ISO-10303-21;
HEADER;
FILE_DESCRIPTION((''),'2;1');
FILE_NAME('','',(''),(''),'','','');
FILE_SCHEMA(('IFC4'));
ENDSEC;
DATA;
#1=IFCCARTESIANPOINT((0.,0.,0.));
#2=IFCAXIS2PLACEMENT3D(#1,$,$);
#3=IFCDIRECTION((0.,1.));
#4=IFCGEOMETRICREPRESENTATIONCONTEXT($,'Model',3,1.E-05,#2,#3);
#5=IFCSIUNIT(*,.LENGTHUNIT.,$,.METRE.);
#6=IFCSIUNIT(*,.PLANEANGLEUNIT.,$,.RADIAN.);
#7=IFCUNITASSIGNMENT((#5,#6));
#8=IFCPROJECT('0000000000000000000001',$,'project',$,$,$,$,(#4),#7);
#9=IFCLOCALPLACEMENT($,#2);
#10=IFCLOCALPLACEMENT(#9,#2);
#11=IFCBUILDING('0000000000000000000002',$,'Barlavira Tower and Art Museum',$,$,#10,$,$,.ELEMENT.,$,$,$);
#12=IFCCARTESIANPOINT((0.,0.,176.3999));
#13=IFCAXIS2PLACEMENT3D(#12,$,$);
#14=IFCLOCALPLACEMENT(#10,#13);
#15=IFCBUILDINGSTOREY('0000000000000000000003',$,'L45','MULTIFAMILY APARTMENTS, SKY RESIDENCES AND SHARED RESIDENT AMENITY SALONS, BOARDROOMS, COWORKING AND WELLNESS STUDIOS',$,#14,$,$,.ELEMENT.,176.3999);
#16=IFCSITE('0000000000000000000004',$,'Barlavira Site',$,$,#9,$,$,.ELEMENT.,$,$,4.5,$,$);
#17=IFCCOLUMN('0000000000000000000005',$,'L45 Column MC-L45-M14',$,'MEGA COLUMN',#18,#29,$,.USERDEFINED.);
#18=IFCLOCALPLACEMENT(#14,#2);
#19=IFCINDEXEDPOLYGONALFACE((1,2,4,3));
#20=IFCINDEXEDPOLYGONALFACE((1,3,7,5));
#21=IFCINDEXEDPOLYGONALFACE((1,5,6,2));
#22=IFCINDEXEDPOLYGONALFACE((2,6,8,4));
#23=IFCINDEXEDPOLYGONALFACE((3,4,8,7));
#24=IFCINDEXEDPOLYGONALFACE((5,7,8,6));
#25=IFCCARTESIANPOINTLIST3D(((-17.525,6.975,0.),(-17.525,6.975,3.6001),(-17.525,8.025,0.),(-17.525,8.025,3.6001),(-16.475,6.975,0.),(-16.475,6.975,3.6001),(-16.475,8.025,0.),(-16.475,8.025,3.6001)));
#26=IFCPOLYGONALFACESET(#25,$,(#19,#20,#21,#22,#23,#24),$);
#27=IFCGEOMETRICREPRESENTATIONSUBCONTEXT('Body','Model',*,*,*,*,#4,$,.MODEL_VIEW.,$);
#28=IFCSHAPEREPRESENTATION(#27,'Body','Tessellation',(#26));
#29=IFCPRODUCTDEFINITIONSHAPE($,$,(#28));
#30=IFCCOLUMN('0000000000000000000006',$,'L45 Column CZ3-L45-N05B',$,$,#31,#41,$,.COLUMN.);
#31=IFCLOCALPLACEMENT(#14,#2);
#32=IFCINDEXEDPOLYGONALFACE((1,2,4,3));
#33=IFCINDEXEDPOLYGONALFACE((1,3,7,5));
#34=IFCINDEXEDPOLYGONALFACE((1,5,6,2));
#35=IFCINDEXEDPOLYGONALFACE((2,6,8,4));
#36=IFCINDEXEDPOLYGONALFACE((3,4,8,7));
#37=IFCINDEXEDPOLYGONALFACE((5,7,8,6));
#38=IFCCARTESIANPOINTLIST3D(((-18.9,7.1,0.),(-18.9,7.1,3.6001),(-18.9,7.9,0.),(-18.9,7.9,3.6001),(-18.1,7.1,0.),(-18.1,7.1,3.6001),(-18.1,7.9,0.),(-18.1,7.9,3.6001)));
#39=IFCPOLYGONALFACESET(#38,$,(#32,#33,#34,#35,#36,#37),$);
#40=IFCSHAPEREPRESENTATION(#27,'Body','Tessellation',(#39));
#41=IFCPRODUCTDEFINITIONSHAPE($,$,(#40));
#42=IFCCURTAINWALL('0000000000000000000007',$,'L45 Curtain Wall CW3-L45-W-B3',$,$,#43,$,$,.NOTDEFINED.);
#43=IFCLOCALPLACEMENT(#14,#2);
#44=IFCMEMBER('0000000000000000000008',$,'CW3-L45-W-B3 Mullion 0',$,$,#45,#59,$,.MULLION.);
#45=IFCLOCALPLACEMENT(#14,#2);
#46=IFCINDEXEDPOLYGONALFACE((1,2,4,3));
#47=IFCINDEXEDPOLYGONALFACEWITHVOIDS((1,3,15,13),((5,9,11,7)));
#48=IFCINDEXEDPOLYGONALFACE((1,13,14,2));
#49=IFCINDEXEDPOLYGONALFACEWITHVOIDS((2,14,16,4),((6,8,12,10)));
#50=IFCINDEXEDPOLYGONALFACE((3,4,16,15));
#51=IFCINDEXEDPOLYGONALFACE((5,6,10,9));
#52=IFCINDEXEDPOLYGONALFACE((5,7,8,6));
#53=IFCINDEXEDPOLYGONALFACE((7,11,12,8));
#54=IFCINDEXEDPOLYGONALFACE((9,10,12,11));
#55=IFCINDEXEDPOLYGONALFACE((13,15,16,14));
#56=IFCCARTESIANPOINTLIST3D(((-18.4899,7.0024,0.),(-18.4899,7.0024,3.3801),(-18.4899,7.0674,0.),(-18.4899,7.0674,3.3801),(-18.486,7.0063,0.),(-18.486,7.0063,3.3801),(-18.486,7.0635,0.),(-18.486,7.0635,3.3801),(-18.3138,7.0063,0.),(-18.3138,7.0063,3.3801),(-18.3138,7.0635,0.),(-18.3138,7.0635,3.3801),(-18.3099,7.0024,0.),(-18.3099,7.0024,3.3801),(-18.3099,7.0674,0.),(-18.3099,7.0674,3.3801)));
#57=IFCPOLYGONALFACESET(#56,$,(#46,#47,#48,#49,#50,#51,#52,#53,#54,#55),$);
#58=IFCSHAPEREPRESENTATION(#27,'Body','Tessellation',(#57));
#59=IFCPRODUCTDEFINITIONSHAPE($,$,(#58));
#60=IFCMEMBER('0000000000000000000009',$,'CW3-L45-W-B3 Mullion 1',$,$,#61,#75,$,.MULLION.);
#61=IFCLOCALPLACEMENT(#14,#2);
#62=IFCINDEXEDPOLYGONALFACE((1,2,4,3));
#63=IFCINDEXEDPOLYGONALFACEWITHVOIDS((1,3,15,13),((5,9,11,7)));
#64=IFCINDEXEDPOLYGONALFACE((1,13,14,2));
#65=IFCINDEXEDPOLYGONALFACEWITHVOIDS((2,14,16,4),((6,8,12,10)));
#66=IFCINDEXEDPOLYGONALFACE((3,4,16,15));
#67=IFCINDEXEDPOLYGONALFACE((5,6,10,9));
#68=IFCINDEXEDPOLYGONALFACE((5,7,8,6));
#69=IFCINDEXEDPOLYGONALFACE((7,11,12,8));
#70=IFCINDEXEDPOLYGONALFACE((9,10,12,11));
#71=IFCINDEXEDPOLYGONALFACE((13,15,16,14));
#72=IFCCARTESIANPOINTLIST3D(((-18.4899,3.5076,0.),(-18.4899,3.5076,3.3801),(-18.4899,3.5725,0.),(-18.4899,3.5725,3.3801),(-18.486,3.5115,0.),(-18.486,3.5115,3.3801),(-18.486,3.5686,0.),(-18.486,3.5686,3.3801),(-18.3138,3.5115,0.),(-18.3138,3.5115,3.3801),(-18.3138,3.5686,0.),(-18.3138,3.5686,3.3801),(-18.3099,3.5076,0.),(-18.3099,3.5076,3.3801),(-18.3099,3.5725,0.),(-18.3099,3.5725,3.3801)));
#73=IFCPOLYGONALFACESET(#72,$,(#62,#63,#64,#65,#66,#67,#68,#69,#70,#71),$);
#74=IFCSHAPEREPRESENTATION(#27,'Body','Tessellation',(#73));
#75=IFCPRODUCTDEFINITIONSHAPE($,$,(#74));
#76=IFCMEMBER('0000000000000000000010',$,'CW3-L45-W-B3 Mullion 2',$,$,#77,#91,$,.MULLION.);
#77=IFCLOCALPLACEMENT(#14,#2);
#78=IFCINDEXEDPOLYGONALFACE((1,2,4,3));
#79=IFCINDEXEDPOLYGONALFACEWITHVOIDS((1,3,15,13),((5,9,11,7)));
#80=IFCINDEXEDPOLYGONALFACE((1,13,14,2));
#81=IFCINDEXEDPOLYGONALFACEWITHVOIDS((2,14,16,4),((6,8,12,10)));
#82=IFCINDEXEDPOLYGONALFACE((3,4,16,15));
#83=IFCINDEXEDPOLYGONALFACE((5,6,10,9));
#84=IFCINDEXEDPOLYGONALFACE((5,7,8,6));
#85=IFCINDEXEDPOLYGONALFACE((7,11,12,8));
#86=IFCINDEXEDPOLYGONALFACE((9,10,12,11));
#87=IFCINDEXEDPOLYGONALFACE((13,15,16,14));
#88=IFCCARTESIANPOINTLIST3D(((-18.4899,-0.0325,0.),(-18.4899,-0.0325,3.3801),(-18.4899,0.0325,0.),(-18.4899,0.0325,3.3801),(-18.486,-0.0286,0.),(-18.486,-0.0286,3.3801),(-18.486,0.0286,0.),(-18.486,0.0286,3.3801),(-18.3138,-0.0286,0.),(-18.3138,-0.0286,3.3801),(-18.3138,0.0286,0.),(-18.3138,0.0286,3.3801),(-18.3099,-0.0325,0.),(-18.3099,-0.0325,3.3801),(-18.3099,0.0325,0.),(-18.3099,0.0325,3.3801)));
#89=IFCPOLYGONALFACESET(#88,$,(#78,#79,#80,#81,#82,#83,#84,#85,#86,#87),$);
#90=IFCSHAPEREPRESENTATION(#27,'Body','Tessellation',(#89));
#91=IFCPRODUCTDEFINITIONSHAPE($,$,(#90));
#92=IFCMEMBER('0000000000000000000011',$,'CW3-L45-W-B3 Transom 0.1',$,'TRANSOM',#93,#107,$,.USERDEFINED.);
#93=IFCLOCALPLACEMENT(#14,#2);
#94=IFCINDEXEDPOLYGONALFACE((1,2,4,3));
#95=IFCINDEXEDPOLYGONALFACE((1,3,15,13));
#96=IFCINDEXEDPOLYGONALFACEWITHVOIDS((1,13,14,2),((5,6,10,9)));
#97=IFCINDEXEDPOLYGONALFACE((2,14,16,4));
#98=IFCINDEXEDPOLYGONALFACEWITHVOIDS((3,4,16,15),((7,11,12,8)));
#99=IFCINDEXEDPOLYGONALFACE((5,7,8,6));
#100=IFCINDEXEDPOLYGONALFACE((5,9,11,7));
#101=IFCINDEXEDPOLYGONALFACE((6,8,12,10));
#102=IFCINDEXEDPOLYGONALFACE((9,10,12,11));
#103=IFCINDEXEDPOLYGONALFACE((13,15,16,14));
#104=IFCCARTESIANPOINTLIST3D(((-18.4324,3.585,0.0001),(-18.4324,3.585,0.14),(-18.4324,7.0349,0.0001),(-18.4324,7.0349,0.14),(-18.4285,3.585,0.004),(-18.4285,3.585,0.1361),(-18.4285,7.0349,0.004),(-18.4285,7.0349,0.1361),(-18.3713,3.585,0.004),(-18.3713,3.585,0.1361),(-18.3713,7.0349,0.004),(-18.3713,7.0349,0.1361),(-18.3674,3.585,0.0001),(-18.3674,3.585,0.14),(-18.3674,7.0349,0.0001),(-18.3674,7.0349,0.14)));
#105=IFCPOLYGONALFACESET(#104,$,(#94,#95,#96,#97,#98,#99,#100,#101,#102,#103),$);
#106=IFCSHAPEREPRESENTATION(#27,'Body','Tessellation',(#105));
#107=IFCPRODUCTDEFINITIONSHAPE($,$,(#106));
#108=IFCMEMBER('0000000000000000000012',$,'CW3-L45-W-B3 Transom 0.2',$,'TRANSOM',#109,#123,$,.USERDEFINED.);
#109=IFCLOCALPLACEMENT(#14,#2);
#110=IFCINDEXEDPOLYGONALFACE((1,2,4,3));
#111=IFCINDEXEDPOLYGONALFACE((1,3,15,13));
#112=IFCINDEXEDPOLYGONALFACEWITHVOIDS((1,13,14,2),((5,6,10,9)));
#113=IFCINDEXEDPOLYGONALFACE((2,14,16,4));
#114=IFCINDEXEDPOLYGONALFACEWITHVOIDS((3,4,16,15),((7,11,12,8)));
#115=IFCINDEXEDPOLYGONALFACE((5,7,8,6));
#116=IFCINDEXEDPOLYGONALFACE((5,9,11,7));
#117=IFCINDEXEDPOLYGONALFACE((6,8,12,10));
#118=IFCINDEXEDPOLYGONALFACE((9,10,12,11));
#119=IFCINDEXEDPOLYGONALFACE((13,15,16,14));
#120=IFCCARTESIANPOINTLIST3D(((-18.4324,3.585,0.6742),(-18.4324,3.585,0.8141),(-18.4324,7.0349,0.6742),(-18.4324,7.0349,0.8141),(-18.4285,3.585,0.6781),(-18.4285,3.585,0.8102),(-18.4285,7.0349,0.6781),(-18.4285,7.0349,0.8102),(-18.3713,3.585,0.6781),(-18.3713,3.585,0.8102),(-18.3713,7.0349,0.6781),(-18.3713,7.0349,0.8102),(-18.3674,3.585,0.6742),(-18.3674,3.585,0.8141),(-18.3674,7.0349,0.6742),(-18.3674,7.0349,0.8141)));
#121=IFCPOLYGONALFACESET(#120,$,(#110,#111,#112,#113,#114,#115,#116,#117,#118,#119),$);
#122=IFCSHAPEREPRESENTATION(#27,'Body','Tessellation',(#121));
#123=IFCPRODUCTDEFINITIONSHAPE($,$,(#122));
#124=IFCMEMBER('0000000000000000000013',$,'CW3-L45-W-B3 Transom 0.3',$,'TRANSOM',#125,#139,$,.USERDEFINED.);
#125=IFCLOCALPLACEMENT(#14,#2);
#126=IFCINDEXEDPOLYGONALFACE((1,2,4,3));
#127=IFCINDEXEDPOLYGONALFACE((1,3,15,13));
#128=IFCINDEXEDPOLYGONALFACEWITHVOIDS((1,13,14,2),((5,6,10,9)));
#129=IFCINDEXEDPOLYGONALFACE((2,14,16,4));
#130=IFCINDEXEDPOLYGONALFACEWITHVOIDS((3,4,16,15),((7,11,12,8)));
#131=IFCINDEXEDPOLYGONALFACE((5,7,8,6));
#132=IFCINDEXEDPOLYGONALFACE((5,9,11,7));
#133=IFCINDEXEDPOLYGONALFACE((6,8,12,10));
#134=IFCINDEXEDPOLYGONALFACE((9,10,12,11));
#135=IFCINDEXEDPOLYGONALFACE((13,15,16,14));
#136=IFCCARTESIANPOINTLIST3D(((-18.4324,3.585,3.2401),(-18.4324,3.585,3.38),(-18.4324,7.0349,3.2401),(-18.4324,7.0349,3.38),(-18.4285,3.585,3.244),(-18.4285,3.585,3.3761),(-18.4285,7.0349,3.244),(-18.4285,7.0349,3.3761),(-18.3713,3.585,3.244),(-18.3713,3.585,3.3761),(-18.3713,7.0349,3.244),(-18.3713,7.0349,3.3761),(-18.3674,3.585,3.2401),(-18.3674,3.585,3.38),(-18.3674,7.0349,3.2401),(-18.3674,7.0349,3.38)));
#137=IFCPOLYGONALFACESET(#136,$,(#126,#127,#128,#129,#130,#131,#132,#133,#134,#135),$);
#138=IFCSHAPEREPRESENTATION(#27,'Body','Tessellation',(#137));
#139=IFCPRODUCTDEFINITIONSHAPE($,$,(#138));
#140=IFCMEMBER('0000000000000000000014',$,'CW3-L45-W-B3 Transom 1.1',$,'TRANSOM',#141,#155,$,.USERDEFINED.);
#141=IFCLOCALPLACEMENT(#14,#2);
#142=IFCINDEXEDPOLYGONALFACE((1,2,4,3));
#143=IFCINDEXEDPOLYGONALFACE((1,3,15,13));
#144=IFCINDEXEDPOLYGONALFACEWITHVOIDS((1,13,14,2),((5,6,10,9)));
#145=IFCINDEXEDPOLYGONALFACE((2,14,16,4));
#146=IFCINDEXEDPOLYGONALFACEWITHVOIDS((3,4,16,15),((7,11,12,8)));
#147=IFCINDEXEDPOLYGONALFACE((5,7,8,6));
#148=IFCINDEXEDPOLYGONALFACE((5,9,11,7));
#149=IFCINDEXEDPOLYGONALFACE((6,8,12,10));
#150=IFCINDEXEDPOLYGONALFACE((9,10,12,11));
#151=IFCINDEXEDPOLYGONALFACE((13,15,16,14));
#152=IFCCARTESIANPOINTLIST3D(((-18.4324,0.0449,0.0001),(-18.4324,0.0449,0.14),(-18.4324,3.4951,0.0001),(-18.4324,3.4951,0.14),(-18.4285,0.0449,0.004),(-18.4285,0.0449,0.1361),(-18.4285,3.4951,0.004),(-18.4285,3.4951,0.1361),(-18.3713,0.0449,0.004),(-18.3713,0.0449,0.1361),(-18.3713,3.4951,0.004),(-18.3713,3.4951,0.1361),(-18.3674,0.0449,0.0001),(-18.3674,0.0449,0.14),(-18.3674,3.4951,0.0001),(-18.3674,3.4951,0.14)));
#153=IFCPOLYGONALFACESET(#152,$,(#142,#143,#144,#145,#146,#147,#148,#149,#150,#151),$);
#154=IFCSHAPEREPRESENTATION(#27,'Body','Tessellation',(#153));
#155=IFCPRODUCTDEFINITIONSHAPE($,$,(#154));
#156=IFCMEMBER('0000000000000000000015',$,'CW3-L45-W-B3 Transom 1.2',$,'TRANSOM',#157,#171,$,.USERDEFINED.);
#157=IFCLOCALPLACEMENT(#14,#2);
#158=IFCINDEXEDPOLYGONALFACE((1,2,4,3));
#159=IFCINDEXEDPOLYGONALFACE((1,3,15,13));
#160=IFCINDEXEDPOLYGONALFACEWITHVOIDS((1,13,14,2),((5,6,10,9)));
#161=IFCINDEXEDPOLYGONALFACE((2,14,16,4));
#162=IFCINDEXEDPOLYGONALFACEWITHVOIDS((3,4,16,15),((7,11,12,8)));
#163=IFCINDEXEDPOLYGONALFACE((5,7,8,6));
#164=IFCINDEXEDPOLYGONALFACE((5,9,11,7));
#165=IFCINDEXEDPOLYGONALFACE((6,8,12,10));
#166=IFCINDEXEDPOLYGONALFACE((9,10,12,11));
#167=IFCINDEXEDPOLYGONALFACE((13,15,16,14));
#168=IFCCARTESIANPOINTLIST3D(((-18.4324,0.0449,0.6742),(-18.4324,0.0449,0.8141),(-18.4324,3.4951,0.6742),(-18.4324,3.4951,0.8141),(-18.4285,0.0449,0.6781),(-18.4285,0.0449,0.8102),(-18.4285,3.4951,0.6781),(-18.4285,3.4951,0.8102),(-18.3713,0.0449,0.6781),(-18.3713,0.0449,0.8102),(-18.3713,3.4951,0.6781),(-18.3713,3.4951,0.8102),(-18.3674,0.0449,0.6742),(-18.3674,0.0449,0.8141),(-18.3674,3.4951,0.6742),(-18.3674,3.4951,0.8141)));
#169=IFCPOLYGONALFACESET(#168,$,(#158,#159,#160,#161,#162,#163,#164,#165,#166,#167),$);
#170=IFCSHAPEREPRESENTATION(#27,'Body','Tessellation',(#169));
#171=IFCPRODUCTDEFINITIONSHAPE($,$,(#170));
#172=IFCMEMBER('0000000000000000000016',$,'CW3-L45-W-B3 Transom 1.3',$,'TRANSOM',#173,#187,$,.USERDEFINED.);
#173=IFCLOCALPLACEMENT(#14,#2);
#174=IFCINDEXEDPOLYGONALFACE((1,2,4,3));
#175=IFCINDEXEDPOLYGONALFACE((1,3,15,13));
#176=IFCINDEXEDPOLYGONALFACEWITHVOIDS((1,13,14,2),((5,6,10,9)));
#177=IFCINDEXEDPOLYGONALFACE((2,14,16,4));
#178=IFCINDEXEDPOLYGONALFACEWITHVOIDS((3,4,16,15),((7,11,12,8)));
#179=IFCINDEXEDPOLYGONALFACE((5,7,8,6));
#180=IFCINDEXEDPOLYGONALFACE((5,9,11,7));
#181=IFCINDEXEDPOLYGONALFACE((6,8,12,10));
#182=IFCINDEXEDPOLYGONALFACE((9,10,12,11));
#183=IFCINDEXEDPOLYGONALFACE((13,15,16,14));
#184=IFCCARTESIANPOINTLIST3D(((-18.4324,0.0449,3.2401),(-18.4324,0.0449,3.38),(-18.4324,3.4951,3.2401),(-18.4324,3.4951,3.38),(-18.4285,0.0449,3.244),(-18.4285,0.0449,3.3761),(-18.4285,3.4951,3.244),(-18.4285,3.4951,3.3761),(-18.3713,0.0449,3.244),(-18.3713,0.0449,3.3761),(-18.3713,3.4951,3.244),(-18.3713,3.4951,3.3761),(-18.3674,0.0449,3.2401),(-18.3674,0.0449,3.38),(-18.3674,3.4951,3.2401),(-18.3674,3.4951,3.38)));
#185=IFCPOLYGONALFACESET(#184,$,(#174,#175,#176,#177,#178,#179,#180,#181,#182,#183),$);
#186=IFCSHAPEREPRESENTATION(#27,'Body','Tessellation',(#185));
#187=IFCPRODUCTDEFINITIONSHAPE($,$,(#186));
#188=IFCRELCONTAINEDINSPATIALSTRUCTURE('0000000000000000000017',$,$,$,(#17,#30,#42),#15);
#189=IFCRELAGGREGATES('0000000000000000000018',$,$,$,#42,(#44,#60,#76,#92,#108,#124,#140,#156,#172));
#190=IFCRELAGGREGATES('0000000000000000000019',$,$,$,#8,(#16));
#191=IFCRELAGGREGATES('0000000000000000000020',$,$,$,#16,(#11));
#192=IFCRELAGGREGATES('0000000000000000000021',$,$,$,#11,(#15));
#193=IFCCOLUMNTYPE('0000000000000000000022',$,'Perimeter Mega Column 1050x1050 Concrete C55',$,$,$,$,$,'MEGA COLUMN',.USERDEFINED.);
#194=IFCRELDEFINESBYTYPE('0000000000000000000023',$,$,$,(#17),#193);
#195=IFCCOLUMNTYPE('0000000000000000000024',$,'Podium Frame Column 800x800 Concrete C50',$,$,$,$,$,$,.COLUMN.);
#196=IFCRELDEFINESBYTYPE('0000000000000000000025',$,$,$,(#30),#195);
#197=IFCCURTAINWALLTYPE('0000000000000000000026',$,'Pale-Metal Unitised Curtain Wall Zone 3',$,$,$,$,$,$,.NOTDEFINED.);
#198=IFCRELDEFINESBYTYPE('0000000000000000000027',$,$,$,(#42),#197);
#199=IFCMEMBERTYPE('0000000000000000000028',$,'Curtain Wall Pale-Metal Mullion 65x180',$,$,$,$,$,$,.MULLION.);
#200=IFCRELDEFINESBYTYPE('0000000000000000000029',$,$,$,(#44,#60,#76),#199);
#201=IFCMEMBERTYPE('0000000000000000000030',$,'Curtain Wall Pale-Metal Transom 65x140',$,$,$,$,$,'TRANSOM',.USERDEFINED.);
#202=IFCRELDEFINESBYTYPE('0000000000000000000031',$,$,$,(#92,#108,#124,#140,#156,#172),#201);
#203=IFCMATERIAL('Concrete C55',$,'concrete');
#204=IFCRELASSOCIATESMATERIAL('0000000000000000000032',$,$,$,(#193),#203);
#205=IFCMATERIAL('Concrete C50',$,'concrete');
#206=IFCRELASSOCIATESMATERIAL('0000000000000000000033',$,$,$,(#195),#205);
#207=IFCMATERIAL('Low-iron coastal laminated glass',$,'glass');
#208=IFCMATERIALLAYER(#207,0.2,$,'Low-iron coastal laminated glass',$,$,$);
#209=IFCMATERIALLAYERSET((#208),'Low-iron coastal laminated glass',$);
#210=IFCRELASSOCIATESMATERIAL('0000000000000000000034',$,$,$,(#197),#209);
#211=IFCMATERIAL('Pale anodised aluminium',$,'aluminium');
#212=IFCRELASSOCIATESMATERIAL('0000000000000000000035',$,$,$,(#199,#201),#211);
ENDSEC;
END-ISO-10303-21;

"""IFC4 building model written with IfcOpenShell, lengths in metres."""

from ifc_helpers import new_model, si_unit, direction, frame, origin, origin_2d, place, context, subcontext, project, spatial, rectangle, hollow_rectangle, extrude, material, layer, layer_set, material_profile, profile_set, type_object, element, aggregate, save


model = new_model("IFC4")

# Units and contexts
model_context = context("Model", 3, precision=1e-05, world=origin(), true_north=direction((0.0, 1.0)))
body_context = subcontext(model_context, "Body", "Model", "MODEL_VIEW")
ifc_project = project(units=[si_unit("LENGTHUNIT", "METRE"), si_unit("PLANEANGLEUNIT", "RADIAN")], contexts=[model_context])

# Site, building, storey
site_placement = place(None, origin())
site = spatial("IfcSite", under=ifc_project, at=site_placement, Name="Barlavira Site", CompositionType="ELEMENT", RefElevation=4.5)
building_placement = place(site_placement, origin())
building = spatial("IfcBuilding", under=site, at=building_placement, Name="Barlavira Tower and Art Museum", CompositionType="ELEMENT")
storey_placement = place(building_placement, frame((0.0, 0.0, 176.3999)))
storey = spatial("IfcBuildingStorey", under=building, at=storey_placement, Name="L45", Description="MULTIFAMILY APARTMENTS, SKY RESIDENCES AND SHARED RESIDENT AMENITY SALONS, BOARDROOMS, COWORKING AND WELLNESS STUDIOS", CompositionType="ELEMENT", Elevation=176.3999)

# Columns
ifc_material_1 = material(Name="Concrete C55", Category="concrete")
ifc_material_profile_1 = material_profile(ifc_material_1, rectangle(XDim=1.05, YDim=1.05, at=origin_2d()), Name="RC-COL 1050x1050")
ifc_profile_set_1 = profile_set([ifc_material_profile_1], Name="Concrete C55")
column_type_1 = type_object("IfcColumnType", Name="Perimeter Mega Column 1050x1050 Concrete C55", ElementType="MEGA COLUMN", PredefinedType="USERDEFINED", material=ifc_profile_set_1)
column_1_placement = place(storey_placement, frame((-17.0, 7.5, 0.0), z_axis=(0.0, 0.0, 1.0), x_axis=(1.0, 0.0, 0.0)))
element("IfcColumn", 1, at=column_1_placement, inside=storey, type_object=column_type_1, Name="L45 Column MC-L45-M14", ObjectType="MEGA COLUMN", PredefinedType="USERDEFINED", context=body_context, shape_type="SweptSolid", body=[
    extrude(rectangle(XDim=1.05, YDim=1.05, at=origin_2d()), origin(), (0.0, 0.0, 1.0), 3.6001),
])
ifc_material_2 = material(Name="Concrete C50", Category="concrete")
ifc_material_profile_2 = material_profile(ifc_material_2, rectangle(XDim=0.8, YDim=0.8, at=origin_2d()), Name="RC-COL 800x800")
ifc_profile_set_2 = profile_set([ifc_material_profile_2], Name="Concrete C50")
column_type_2 = type_object("IfcColumnType", Name="Podium Frame Column 800x800 Concrete C50", PredefinedType="COLUMN", material=ifc_profile_set_2)
column_2_placement = place(storey_placement, frame((-18.5, 7.5, 0.0), z_axis=(0.0, 0.0, 1.0), x_axis=(1.0, 0.0, 0.0)))
element("IfcColumn", 2, at=column_2_placement, inside=storey, type_object=column_type_2, Name="L45 Column CZ3-L45-N05B", PredefinedType="COLUMN", context=body_context, shape_type="SweptSolid", body=[
    extrude(rectangle(XDim=0.8, YDim=0.8, at=origin_2d()), origin(), (0.0, 0.0, 1.0), 3.6001),
])

# Curtain wall, members
ifc_material_3 = material(Name="Low-iron coastal laminated glass", Category="glass")
ifc_layer_1 = layer(ifc_material_3, 0.2, Name="Low-iron coastal laminated glass")
ifc_layer_set_1 = layer_set([ifc_layer_1], Name="Low-iron coastal laminated glass")
curtain_wall_type = type_object("IfcCurtainWallType", Name="Pale-Metal Unitised Curtain Wall Zone 3", PredefinedType="NOTDEFINED", material=ifc_layer_set_1)
curtain_wall_placement = place(storey_placement, origin())
curtain_wall = element("IfcCurtainWall", 3, at=curtain_wall_placement, inside=storey, type_object=curtain_wall_type, Name="L45 Curtain Wall CW3-L45-W-B3", PredefinedType="NOTDEFINED")
ifc_material_4 = material(Name="Pale anodised aluminium", Category="aluminium")
ifc_material_profile_3 = material_profile(ifc_material_4, hollow_rectangle(XDim=0.0649, YDim=0.1799, WallThickness=0.0039, at=origin_2d()), Name="ALU-MULL 65x180x4")
ifc_profile_set_3 = profile_set([ifc_material_profile_3], Name="Pale anodised aluminium")
member_type_1 = type_object("IfcMemberType", Name="Curtain Wall Pale-Metal Mullion 65x180", PredefinedType="MULLION", material=ifc_profile_set_3)
member_1_placement = place(storey_placement, frame((-18.3999, 7.0349, 0.0), z_axis=(0.0, 0.0, 1.0), x_axis=(0.0, -1.0, 0.0)))
member_1 = element("IfcMember", 4, at=member_1_placement, type_object=member_type_1, Name="CW3-L45-W-B3 Mullion 0", PredefinedType="MULLION", context=body_context, shape_type="SweptSolid", body=[
    extrude(hollow_rectangle(XDim=0.0649, YDim=0.1799, WallThickness=0.0039, at=origin_2d()), origin(), (0.0, 0.0, 1.0), 3.3801),
])
member_2_placement = place(storey_placement, frame((-18.3999, 3.54, 0.0), z_axis=(0.0, 0.0, 1.0), x_axis=(0.0, -1.0, 0.0)))
member_2 = element("IfcMember", 5, at=member_2_placement, type_object=member_type_1, Name="CW3-L45-W-B3 Mullion 1", PredefinedType="MULLION", context=body_context, shape_type="SweptSolid", body=[
    extrude(hollow_rectangle(XDim=0.0649, YDim=0.1799, WallThickness=0.0039, at=origin_2d()), origin(), (0.0, 0.0, 1.0), 3.3801),
])
member_3_placement = place(storey_placement, frame((-18.3999, 0.0, 0.0), z_axis=(0.0, 0.0, 1.0), x_axis=(0.0, -1.0, 0.0)))
member_3 = element("IfcMember", 6, at=member_3_placement, type_object=member_type_1, Name="CW3-L45-W-B3 Mullion 2", PredefinedType="MULLION", context=body_context, shape_type="SweptSolid", body=[
    extrude(hollow_rectangle(XDim=0.0649, YDim=0.1799, WallThickness=0.0039, at=origin_2d()), origin(), (0.0, 0.0, 1.0), 3.3801),
])
ifc_material_profile_4 = material_profile(ifc_material_4, hollow_rectangle(XDim=0.0649, YDim=0.1399, WallThickness=0.0039, at=origin_2d()), Name="ALU-TRAN 65x140x4")
ifc_profile_set_4 = profile_set([ifc_material_profile_4], Name="Pale anodised aluminium")
member_type_2 = type_object("IfcMemberType", Name="Curtain Wall Pale-Metal Transom 65x140", ElementType="TRANSOM", PredefinedType="USERDEFINED", material=ifc_profile_set_4)
member_4_placement = place(storey_placement, frame((-18.3999, 7.0349, 0.0701), z_axis=(0.0, -1.0, 0.0), x_axis=(1.0, 0.0, 0.0)))
member_4 = element("IfcMember", 7, at=member_4_placement, type_object=member_type_2, Name="CW3-L45-W-B3 Transom 0.1", ObjectType="TRANSOM", PredefinedType="USERDEFINED", context=body_context, shape_type="SweptSolid", body=[
    extrude(hollow_rectangle(XDim=0.0649, YDim=0.1399, WallThickness=0.0039, at=origin_2d()), origin(), (0.0, 0.0, 1.0), 3.45),
])
member_5_placement = place(storey_placement, frame((-18.3999, 7.0349, 0.7441), z_axis=(0.0, -1.0, 0.0), x_axis=(1.0, 0.0, 0.0)))
member_5 = element("IfcMember", 8, at=member_5_placement, type_object=member_type_2, Name="CW3-L45-W-B3 Transom 0.2", ObjectType="TRANSOM", PredefinedType="USERDEFINED", context=body_context, shape_type="SweptSolid", body=[
    extrude(hollow_rectangle(XDim=0.0649, YDim=0.1399, WallThickness=0.0039, at=origin_2d()), origin(), (0.0, 0.0, 1.0), 3.45),
])
member_6_placement = place(storey_placement, frame((-18.3999, 7.0349, 3.3101), z_axis=(0.0, -1.0, 0.0), x_axis=(1.0, 0.0, 0.0)))
member_6 = element("IfcMember", 9, at=member_6_placement, type_object=member_type_2, Name="CW3-L45-W-B3 Transom 0.3", ObjectType="TRANSOM", PredefinedType="USERDEFINED", context=body_context, shape_type="SweptSolid", body=[
    extrude(hollow_rectangle(XDim=0.0649, YDim=0.1399, WallThickness=0.0039, at=origin_2d()), origin(), (0.0, 0.0, 1.0), 3.45),
])
member_7_placement = place(storey_placement, frame((-18.3999, 3.4951, 0.0701), z_axis=(0.0, -1.0, 0.0), x_axis=(1.0, 0.0, 0.0)))
member_7 = element("IfcMember", 10, at=member_7_placement, type_object=member_type_2, Name="CW3-L45-W-B3 Transom 1.1", ObjectType="TRANSOM", PredefinedType="USERDEFINED", context=body_context, shape_type="SweptSolid", body=[
    extrude(hollow_rectangle(XDim=0.0649, YDim=0.1399, WallThickness=0.0039, at=origin_2d()), origin(), (0.0, 0.0, 1.0), 3.4502),
])
member_8_placement = place(storey_placement, frame((-18.3999, 3.4951, 0.7441), z_axis=(0.0, -1.0, 0.0), x_axis=(1.0, 0.0, 0.0)))
member_8 = element("IfcMember", 11, at=member_8_placement, type_object=member_type_2, Name="CW3-L45-W-B3 Transom 1.2", ObjectType="TRANSOM", PredefinedType="USERDEFINED", context=body_context, shape_type="SweptSolid", body=[
    extrude(hollow_rectangle(XDim=0.0649, YDim=0.1399, WallThickness=0.0039, at=origin_2d()), origin(), (0.0, 0.0, 1.0), 3.4502),
])
member_9_placement = place(storey_placement, frame((-18.3999, 3.4951, 3.3101), z_axis=(0.0, -1.0, 0.0), x_axis=(1.0, 0.0, 0.0)))
member_9 = element("IfcMember", 12, at=member_9_placement, type_object=member_type_2, Name="CW3-L45-W-B3 Transom 1.3", ObjectType="TRANSOM", PredefinedType="USERDEFINED", context=body_context, shape_type="SweptSolid", body=[
    extrude(hollow_rectangle(XDim=0.0649, YDim=0.1399, WallThickness=0.0039, at=origin_2d()), origin(), (0.0, 0.0, 1.0), 3.4502),
])

aggregate(curtain_wall, [member_1, member_2, member_3, member_4, member_5, member_6, member_7, member_8, member_9])

save(model, "model.ifc")
